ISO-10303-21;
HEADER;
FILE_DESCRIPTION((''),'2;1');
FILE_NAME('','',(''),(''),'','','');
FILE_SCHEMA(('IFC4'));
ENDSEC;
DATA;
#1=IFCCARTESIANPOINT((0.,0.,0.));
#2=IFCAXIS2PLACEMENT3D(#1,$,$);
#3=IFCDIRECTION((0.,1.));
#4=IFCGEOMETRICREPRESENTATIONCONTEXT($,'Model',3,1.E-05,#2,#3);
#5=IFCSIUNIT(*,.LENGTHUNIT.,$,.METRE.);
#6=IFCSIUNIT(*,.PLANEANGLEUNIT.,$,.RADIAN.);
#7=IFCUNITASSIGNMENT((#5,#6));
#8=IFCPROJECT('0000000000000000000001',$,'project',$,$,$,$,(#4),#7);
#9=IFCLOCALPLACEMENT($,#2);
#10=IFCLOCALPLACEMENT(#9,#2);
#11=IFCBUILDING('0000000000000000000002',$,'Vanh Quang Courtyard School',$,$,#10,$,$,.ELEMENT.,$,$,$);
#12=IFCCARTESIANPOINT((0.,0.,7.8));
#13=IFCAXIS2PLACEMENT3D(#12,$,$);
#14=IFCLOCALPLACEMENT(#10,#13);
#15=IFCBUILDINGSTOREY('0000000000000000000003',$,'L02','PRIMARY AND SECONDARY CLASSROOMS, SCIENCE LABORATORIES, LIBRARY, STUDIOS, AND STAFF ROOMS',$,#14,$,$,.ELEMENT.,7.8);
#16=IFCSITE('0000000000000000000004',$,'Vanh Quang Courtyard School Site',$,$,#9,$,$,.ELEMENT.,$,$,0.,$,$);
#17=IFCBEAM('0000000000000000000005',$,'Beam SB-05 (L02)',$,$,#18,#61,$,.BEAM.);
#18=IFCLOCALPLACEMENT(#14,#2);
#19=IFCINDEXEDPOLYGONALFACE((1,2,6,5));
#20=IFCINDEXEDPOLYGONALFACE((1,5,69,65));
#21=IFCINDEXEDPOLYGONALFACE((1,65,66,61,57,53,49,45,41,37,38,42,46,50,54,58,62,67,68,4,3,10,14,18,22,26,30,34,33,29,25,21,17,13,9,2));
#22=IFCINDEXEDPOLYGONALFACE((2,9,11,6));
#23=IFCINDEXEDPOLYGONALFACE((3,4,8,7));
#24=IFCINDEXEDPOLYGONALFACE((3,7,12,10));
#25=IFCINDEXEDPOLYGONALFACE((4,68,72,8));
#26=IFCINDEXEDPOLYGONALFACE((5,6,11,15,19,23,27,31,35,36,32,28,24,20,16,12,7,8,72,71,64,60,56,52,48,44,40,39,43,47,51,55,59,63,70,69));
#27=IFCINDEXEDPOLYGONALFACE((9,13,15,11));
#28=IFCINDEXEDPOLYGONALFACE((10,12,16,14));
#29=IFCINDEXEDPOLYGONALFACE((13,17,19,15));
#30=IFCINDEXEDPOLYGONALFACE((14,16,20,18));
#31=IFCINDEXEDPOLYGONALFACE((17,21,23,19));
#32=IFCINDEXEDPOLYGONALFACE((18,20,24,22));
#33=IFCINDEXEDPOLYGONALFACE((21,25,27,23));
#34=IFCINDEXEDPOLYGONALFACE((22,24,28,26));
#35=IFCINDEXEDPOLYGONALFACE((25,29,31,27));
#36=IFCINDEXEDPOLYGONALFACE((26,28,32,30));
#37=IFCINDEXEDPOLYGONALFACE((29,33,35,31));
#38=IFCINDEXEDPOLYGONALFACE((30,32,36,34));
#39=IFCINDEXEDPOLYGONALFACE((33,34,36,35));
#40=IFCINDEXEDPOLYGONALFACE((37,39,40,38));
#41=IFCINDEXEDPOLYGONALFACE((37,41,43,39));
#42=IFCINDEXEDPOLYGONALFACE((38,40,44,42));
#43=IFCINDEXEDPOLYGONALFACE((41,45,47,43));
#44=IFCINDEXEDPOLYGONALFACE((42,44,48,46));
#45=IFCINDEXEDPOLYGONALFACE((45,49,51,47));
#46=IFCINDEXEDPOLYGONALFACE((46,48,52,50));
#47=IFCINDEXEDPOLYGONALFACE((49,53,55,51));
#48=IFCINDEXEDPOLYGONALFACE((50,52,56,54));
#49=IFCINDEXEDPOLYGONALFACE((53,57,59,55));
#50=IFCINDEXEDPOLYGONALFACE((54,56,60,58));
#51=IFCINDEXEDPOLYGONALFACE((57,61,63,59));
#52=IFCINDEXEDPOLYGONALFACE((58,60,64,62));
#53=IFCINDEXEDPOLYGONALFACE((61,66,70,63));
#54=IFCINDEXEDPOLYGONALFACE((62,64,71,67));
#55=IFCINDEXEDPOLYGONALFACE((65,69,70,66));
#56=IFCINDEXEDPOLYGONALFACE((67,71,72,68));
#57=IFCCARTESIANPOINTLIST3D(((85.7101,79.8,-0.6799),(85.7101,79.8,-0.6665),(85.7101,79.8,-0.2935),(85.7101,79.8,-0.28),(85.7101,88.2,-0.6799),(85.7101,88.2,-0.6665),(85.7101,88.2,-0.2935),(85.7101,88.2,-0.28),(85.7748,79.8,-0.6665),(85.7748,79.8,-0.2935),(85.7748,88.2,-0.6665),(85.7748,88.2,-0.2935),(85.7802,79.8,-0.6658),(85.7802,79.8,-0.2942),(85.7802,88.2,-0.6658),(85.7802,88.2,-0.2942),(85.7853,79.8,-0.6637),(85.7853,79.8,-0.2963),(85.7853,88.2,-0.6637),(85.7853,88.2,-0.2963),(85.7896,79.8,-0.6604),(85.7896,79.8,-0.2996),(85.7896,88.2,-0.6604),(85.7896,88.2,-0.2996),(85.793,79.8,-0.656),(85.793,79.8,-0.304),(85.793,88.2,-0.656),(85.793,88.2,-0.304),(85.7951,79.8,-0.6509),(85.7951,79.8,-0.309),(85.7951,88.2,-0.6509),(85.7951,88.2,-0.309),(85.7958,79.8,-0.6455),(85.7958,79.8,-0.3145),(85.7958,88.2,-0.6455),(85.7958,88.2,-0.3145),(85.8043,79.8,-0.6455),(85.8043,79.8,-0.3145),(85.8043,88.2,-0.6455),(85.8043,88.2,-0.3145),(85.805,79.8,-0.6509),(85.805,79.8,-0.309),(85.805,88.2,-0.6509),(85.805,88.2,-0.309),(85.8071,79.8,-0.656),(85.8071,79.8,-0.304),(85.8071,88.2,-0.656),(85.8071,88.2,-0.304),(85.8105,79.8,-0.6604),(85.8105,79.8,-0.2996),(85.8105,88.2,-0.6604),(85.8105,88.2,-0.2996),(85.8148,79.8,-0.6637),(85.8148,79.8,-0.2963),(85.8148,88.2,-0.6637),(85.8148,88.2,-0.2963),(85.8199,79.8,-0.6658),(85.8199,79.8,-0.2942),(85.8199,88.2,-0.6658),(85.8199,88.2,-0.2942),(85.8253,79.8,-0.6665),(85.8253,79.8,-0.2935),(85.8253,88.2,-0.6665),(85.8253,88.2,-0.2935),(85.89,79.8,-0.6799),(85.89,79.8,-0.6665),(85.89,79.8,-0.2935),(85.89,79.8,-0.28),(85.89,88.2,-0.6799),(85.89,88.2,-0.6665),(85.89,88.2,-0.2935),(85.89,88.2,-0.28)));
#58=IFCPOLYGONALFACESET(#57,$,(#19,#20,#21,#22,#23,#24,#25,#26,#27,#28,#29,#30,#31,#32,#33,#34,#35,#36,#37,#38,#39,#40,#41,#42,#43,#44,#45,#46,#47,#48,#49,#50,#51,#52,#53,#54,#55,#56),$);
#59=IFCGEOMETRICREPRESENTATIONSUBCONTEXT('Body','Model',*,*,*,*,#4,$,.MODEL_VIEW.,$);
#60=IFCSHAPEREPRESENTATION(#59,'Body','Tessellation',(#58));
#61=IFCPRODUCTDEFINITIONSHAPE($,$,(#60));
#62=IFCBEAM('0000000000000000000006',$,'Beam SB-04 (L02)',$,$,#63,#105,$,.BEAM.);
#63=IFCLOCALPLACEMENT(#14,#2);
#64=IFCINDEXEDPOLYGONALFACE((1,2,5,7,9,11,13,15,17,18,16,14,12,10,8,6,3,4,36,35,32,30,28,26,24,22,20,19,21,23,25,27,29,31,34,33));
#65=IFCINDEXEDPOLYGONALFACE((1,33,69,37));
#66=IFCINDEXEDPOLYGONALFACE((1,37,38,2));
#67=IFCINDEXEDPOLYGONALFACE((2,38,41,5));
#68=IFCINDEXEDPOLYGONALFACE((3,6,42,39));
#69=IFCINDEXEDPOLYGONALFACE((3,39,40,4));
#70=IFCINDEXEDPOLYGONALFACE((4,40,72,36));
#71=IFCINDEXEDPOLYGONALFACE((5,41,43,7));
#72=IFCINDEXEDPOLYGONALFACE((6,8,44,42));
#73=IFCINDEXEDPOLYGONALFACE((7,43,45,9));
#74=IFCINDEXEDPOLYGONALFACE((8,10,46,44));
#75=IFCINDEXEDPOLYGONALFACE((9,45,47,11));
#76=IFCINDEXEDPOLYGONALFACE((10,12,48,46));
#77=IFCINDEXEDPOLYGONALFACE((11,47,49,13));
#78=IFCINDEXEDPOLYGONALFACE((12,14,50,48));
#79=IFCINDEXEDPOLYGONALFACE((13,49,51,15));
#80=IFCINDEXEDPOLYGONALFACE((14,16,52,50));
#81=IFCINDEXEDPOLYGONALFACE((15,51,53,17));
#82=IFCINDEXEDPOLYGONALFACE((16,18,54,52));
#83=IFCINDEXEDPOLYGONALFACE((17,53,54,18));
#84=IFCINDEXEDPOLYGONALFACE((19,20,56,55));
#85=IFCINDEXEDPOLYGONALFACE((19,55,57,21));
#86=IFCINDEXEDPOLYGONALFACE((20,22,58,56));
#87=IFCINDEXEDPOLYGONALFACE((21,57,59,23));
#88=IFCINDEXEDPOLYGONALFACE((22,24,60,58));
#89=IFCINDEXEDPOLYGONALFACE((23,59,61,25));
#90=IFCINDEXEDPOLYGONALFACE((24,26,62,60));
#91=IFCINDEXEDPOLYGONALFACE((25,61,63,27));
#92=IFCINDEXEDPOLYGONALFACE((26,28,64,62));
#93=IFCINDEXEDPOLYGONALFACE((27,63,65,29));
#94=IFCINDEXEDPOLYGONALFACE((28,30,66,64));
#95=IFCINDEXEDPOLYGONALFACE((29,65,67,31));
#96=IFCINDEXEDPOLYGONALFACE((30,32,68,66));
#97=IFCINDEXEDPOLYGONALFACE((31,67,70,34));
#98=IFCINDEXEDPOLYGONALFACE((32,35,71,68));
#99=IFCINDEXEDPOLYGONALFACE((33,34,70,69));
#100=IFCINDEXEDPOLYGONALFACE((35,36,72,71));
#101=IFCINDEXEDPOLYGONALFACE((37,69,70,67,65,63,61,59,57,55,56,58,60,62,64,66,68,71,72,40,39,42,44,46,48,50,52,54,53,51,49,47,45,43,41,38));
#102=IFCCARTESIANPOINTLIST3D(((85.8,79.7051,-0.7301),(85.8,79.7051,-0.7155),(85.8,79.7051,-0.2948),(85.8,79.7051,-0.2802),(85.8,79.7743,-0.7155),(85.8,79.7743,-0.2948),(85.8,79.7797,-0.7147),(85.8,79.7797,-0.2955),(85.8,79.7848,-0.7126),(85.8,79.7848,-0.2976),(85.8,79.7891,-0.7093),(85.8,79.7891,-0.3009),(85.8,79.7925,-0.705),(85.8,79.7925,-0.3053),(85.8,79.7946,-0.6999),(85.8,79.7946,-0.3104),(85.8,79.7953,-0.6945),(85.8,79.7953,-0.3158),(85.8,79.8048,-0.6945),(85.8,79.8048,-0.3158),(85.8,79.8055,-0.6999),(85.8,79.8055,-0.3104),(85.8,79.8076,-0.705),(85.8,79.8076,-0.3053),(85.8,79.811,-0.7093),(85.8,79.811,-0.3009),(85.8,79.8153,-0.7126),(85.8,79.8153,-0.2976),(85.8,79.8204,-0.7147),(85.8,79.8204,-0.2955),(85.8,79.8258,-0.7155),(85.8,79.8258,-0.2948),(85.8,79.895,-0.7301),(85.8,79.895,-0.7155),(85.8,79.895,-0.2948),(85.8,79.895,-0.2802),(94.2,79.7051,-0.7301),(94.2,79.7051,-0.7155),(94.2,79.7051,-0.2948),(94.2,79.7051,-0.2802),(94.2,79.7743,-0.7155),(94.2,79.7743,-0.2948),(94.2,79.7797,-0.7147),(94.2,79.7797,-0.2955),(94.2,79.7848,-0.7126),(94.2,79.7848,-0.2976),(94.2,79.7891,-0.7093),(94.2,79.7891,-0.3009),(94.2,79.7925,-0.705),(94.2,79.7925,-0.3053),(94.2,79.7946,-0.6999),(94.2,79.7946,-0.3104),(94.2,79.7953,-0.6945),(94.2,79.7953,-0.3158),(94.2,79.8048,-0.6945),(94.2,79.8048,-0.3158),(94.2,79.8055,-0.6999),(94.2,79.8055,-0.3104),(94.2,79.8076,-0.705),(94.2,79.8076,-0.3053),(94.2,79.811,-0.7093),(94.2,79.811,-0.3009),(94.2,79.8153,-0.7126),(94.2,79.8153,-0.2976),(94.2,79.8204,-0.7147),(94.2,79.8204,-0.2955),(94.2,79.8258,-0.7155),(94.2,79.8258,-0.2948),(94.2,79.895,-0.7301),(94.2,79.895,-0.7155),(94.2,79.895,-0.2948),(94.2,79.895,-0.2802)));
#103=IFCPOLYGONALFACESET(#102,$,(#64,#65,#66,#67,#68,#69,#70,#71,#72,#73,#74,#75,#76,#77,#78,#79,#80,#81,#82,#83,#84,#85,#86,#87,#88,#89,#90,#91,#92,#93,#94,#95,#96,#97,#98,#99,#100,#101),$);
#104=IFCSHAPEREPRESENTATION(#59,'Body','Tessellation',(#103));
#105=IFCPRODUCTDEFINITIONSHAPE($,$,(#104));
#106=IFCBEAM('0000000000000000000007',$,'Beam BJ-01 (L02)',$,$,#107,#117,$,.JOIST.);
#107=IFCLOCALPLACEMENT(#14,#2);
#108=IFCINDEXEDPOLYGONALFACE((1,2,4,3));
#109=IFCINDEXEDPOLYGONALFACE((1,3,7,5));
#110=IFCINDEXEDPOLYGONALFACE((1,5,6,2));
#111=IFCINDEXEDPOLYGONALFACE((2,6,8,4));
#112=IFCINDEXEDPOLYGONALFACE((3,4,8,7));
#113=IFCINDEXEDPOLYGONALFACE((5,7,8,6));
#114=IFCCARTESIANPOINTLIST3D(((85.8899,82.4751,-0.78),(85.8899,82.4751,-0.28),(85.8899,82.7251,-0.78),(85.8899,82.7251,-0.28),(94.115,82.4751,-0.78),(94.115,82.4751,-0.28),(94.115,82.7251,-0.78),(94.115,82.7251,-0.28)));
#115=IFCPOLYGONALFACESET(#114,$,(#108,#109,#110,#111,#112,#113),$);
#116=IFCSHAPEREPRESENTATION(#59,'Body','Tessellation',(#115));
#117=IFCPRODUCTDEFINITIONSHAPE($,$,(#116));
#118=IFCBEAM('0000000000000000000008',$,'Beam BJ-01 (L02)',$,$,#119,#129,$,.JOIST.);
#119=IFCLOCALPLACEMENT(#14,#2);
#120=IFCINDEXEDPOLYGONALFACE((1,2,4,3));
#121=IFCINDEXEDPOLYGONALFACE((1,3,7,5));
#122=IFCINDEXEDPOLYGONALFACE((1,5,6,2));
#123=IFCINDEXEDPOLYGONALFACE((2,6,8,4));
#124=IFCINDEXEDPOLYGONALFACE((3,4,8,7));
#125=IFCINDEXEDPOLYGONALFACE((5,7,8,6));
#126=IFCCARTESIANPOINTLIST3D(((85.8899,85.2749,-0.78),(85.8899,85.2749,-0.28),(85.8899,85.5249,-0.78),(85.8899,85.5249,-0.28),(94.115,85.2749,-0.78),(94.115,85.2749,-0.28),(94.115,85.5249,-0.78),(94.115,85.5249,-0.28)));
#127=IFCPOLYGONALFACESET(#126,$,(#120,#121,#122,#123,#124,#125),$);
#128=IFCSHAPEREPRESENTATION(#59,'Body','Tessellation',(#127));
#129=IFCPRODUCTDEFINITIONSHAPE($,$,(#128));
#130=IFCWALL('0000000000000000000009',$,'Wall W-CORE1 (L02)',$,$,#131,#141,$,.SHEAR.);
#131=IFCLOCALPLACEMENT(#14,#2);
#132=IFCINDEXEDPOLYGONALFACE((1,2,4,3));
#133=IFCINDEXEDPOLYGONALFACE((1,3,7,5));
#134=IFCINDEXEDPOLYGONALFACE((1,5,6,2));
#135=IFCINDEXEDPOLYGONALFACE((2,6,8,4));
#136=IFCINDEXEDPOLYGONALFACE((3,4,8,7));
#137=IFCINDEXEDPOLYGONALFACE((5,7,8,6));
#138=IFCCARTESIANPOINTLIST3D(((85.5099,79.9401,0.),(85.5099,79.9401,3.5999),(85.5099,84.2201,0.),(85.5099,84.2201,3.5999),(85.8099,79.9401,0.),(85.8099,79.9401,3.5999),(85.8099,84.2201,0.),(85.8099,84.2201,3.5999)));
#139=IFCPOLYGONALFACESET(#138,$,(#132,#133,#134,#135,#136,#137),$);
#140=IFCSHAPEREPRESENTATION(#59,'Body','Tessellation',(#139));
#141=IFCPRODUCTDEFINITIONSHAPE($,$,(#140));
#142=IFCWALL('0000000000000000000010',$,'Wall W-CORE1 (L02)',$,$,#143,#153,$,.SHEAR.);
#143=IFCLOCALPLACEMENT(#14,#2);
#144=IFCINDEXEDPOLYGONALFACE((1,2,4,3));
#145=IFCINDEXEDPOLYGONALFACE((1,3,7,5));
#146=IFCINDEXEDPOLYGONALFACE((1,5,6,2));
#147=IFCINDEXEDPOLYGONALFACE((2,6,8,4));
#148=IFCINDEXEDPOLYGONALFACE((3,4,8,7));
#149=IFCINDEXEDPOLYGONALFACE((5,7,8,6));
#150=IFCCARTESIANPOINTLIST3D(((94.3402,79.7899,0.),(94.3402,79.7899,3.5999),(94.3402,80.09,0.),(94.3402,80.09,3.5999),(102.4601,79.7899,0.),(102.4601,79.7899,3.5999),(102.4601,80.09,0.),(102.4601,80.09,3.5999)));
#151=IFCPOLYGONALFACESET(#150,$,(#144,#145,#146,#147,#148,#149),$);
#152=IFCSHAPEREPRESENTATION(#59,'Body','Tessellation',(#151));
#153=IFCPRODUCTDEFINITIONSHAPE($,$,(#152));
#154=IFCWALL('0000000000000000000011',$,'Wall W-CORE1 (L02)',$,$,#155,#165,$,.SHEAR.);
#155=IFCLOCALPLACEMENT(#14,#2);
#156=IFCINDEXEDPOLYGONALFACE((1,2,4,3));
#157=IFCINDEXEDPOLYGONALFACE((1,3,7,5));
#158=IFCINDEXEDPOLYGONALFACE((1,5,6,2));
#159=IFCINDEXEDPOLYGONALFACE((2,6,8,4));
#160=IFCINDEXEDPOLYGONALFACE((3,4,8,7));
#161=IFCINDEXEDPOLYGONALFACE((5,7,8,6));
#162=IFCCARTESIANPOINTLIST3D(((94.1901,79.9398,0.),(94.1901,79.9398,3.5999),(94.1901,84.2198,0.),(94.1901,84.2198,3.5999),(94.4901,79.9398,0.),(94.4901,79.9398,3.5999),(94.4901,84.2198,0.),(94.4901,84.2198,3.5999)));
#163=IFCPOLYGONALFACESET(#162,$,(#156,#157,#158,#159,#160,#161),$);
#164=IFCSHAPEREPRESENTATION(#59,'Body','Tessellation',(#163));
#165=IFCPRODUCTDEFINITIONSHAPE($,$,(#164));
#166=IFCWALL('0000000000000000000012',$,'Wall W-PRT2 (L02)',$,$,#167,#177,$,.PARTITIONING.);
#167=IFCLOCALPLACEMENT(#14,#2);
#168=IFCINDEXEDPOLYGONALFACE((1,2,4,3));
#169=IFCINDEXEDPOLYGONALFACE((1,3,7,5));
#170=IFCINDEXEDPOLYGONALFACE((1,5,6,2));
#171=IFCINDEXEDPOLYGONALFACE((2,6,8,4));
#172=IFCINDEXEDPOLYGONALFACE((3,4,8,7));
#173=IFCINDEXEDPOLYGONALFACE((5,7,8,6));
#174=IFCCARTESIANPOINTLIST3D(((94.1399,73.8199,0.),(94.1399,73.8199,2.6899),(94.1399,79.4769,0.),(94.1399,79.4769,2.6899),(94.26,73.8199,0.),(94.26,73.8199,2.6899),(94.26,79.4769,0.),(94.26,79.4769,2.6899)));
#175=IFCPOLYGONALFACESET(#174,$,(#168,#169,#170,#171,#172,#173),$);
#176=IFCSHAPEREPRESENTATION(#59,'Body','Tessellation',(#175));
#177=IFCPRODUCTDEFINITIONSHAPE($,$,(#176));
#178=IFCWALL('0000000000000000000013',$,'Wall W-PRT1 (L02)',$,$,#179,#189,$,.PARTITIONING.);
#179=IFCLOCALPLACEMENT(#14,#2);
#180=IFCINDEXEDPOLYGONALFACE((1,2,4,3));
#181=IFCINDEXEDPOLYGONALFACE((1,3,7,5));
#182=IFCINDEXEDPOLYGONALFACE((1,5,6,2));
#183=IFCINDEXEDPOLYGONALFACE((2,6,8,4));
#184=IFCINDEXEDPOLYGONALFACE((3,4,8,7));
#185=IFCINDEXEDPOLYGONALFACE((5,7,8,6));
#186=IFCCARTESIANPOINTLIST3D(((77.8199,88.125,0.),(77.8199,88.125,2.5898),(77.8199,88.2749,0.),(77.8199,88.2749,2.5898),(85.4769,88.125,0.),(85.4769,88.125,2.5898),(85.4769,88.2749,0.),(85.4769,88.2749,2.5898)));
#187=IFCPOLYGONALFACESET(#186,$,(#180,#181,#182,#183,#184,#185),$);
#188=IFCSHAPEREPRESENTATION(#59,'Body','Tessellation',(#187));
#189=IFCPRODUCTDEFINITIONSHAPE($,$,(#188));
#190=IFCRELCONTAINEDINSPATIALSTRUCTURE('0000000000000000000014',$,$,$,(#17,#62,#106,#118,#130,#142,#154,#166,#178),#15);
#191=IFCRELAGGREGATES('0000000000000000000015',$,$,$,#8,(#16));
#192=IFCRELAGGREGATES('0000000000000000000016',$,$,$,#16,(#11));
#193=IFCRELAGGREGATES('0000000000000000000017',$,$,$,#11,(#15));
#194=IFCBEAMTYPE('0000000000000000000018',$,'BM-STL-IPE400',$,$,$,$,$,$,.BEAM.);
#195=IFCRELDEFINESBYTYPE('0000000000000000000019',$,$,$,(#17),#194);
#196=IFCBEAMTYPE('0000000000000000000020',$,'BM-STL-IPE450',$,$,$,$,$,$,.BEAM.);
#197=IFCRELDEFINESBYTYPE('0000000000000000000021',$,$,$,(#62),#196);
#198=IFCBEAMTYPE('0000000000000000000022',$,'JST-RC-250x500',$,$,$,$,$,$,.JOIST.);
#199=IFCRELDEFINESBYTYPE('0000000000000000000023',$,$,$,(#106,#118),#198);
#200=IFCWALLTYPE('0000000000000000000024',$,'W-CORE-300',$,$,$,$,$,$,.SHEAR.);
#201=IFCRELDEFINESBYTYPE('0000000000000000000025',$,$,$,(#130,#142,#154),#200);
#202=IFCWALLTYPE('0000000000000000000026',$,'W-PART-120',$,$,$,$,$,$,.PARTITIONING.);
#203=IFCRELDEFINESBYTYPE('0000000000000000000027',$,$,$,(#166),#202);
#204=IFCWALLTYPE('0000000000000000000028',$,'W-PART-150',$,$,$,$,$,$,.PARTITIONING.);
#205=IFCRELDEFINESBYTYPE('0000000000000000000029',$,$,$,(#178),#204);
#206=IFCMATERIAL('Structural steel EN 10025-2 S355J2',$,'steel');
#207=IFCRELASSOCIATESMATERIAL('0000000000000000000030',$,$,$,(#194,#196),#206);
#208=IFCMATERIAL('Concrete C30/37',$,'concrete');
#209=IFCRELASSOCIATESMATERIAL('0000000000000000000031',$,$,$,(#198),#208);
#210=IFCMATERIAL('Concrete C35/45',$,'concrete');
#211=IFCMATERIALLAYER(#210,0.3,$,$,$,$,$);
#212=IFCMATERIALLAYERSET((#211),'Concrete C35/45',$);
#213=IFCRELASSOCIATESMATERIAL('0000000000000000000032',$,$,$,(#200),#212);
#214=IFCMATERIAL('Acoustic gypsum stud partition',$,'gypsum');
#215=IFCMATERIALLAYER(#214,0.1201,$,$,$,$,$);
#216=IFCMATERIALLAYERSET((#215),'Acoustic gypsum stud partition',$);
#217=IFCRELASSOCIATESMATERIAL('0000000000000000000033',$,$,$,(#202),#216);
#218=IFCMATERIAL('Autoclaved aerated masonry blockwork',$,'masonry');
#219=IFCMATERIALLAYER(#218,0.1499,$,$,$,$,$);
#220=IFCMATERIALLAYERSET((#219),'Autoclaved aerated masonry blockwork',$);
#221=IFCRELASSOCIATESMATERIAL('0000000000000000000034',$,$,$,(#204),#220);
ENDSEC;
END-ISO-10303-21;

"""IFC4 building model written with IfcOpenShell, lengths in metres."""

from ifc_helpers import new_model, si_unit, direction, frame, frame_2d, origin, origin_2d, place, context, subcontext, project, spatial, rectangle, i_section, extrude, material, layer, layer_set, material_profile, profile_set, type_object, element, save


model = new_model("IFC4")

# Units and contexts
model_context = context("Model", 3, precision=1e-05, world=origin(), true_north=direction((0.0, 1.0)))
body_context = subcontext(model_context, "Body", "Model", "MODEL_VIEW")
ifc_project = project(units=[si_unit("LENGTHUNIT", "METRE"), si_unit("PLANEANGLEUNIT", "RADIAN")], contexts=[model_context])

# Site, building, storey
site_placement = place(None, origin())
site = spatial("IfcSite", under=ifc_project, at=site_placement, Name="Vanh Quang Courtyard School Site", CompositionType="ELEMENT", RefElevation=0.0)
building_placement = place(site_placement, origin())
building = spatial("IfcBuilding", under=site, at=building_placement, Name="Vanh Quang Courtyard School", CompositionType="ELEMENT")
storey_placement = place(building_placement, frame((0.0, 0.0, 7.8)))
storey = spatial("IfcBuildingStorey", under=building, at=storey_placement, Name="L02", Description="PRIMARY AND SECONDARY CLASSROOMS, SCIENCE LABORATORIES, LIBRARY, STUDIOS, AND STAFF ROOMS", CompositionType="ELEMENT", Elevation=7.8)

# Shared definitions
ifc_material_1 = material(Name="Concrete C35/45", Category="concrete")

# Beams
ifc_material_2 = material(Name="Structural steel EN 10025-2 S355J2", Category="steel")
ifc_material_profile_1 = material_profile(ifc_material_2, i_section(OverallWidth=0.1799, OverallDepth=0.3999, WebThickness=0.0085, FlangeThickness=0.0134, FilletRadius=0.021, at=origin_2d()), Name="IPE 400")
ifc_profile_set_1 = profile_set([ifc_material_profile_1], Name="Structural steel EN 10025-2 S355J2")
beam_type_1 = type_object("IfcBeamType", Name="BM-STL-IPE400", PredefinedType="BEAM", material=ifc_profile_set_1)
beam_1_placement = place(storey_placement, frame((85.8, 79.8, -0.48), z_axis=(0.0, 1.0, 0.0), x_axis=(-1.0, 0.0, 0.0)))
element("IfcBeam", 1, at=beam_1_placement, inside=storey, type_object=beam_type_1, Name="Beam SB-05 (L02)", PredefinedType="BEAM", context=body_context, shape_type="SweptSolid", body=[
    extrude(i_section(OverallWidth=0.1799, OverallDepth=0.3999, WebThickness=0.0085, FlangeThickness=0.0134, FilletRadius=0.021, at=origin_2d()), origin(), (0.0, 0.0, 1.0), 8.3999),
])
ifc_material_profile_2 = material_profile(ifc_material_2, i_section(OverallWidth=0.1899, OverallDepth=0.45, WebThickness=0.0095, FlangeThickness=0.0146, FilletRadius=0.021, at=origin_2d()), Name="IPE 450")
ifc_profile_set_2 = profile_set([ifc_material_profile_2], Name="Structural steel EN 10025-2 S355J2")
beam_type_2 = type_object("IfcBeamType", Name="BM-STL-IPE450", PredefinedType="BEAM", material=ifc_profile_set_2)
beam_2_placement = place(storey_placement, frame((85.8, 79.8, -0.5051), z_axis=(1.0, 0.0, 0.0), x_axis=(0.0, 1.0, 0.0)))
element("IfcBeam", 2, at=beam_2_placement, inside=storey, type_object=beam_type_2, Name="Beam SB-04 (L02)", PredefinedType="BEAM", context=body_context, shape_type="SweptSolid", body=[
    extrude(i_section(OverallWidth=0.1899, OverallDepth=0.45, WebThickness=0.0095, FlangeThickness=0.0146, FilletRadius=0.021, at=origin_2d()), origin(), (0.0, 0.0, 1.0), 8.3999),
])
ifc_material_3 = material(Name="Concrete C30/37", Category="concrete")
ifc_material_profile_3 = material_profile(ifc_material_3, rectangle(XDim=0.25, YDim=0.5, at=origin_2d()), Name="RC-JST 250x500")
ifc_profile_set_3 = profile_set([ifc_material_profile_3], Name="Concrete C30/37")
beam_type_3 = type_object("IfcBeamType", Name="JST-RC-250x500", PredefinedType="JOIST", material=ifc_profile_set_3)
for number, where, z_axis, x_axis, name in (
    (3, (85.8899, 82.6001, -0.53), (1.0, 0.0, 0.0), (0.0, 1.0, 0.0), "Beam BJ-01 (L02)"),
    (4, (85.8899, 85.3999, -0.53), (1.0, 0.0, 0.0), (0.0, 1.0, 0.0), "Beam BJ-01 (L02)"),
):
    element("IfcBeam", number, at=place(storey_placement, frame(where, z_axis=z_axis, x_axis=x_axis)), inside=storey, type_object=beam_type_3, Name=name, PredefinedType="JOIST", context=body_context, shape_type="SweptSolid", body=[
        extrude(rectangle(XDim=0.25, YDim=0.5, at=origin_2d()), origin(), (0.0, 0.0, 1.0), 8.2251),
    ])

# Wall
ifc_layer_1 = layer(ifc_material_1, 0.3)
ifc_layer_set_1 = layer_set([ifc_layer_1], Name="Concrete C35/45")
wall_type_1 = type_object("IfcWallType", Name="W-CORE-300", PredefinedType="SHEAR", material=ifc_layer_set_1)
wall_1_placement = place(storey_placement, frame((85.6599, 79.9399, 0.0), z_axis=(0.0, 0.0, 1.0), x_axis=(0.0, 1.0, 0.0)))
element("IfcWall", 5, at=wall_1_placement, inside=storey, type_object=wall_type_1, Name="Wall W-CORE1 (L02)", PredefinedType="SHEAR", context=body_context, shape_type="SweptSolid", body=[
    extrude(rectangle(XDim=4.28, YDim=0.3, at=frame_2d((2.1401, 0.0))), origin(), (0.0, 0.0, 1.0), 3.5999),
])

# Walls
wall_2_placement = place(storey_placement, frame((94.3401, 79.9399, 0.0), z_axis=(0.0, 0.0, 1.0), x_axis=(1.0, 0.0, 0.0)))
element("IfcWall", 6, at=wall_2_placement, inside=storey, type_object=wall_type_1, Name="Wall W-CORE1 (L02)", PredefinedType="SHEAR", context=body_context, shape_type="SweptSolid", body=[
    extrude(rectangle(XDim=8.1199, YDim=0.3, at=frame_2d((4.0601, 0.0))), origin(), (0.0, 0.0, 1.0), 3.5999),
])
wall_3_placement = place(storey_placement, frame((94.3401, 84.22, 0.0), z_axis=(0.0, 0.0, 1.0), x_axis=(0.0, -1.0, 0.0)))
element("IfcWall", 7, at=wall_3_placement, inside=storey, type_object=wall_type_1, Name="Wall W-CORE1 (L02)", PredefinedType="SHEAR", context=body_context, shape_type="SweptSolid", body=[
    extrude(rectangle(XDim=4.28, YDim=0.3, at=frame_2d((2.1401, 0.0))), origin(), (0.0, 0.0, 1.0), 3.5999),
])
ifc_material_4 = material(Name="Acoustic gypsum stud partition", Category="gypsum")
ifc_layer_2 = layer(ifc_material_4, 0.1201)
ifc_layer_set_2 = layer_set([ifc_layer_2], Name="Acoustic gypsum stud partition")
wall_type_2 = type_object("IfcWallType", Name="W-PART-120", PredefinedType="PARTITIONING", material=ifc_layer_set_2)
wall_4_placement = place(storey_placement, frame((94.2, 79.4771, 0.0), z_axis=(0.0, 0.0, 1.0), x_axis=(0.0, -1.0, 0.0)))
element("IfcWall", 8, at=wall_4_placement, inside=storey, type_object=wall_type_2, Name="Wall W-PRT2 (L02)", PredefinedType="PARTITIONING", context=body_context, shape_type="SweptSolid", body=[
    extrude(rectangle(XDim=5.657, YDim=0.1201, at=frame_2d((2.8286, 0.0))), origin(), (0.0, 0.0, 1.0), 2.6899),
])
ifc_material_5 = material(Name="Autoclaved aerated masonry blockwork", Category="masonry")
ifc_layer_3 = layer(ifc_material_5, 0.1499)
ifc_layer_set_3 = layer_set([ifc_layer_3], Name="Autoclaved aerated masonry blockwork")
wall_type_3 = type_object("IfcWallType", Name="W-PART-150", PredefinedType="PARTITIONING", material=ifc_layer_set_3)
wall_5_placement = place(storey_placement, frame((85.4771, 88.2, 0.0), z_axis=(0.0, 0.0, 1.0), x_axis=(-1.0, 0.0, 0.0)))
element("IfcWall", 9, at=wall_5_placement, inside=storey, type_object=wall_type_3, Name="Wall W-PRT1 (L02)", PredefinedType="PARTITIONING", context=body_context, shape_type="SweptSolid", body=[
    extrude(rectangle(XDim=7.657, YDim=0.1499, at=frame_2d((3.8286, 0.0))), origin(), (0.0, 0.0, 1.0), 2.5898),
])

save(model, "model.ifc")
